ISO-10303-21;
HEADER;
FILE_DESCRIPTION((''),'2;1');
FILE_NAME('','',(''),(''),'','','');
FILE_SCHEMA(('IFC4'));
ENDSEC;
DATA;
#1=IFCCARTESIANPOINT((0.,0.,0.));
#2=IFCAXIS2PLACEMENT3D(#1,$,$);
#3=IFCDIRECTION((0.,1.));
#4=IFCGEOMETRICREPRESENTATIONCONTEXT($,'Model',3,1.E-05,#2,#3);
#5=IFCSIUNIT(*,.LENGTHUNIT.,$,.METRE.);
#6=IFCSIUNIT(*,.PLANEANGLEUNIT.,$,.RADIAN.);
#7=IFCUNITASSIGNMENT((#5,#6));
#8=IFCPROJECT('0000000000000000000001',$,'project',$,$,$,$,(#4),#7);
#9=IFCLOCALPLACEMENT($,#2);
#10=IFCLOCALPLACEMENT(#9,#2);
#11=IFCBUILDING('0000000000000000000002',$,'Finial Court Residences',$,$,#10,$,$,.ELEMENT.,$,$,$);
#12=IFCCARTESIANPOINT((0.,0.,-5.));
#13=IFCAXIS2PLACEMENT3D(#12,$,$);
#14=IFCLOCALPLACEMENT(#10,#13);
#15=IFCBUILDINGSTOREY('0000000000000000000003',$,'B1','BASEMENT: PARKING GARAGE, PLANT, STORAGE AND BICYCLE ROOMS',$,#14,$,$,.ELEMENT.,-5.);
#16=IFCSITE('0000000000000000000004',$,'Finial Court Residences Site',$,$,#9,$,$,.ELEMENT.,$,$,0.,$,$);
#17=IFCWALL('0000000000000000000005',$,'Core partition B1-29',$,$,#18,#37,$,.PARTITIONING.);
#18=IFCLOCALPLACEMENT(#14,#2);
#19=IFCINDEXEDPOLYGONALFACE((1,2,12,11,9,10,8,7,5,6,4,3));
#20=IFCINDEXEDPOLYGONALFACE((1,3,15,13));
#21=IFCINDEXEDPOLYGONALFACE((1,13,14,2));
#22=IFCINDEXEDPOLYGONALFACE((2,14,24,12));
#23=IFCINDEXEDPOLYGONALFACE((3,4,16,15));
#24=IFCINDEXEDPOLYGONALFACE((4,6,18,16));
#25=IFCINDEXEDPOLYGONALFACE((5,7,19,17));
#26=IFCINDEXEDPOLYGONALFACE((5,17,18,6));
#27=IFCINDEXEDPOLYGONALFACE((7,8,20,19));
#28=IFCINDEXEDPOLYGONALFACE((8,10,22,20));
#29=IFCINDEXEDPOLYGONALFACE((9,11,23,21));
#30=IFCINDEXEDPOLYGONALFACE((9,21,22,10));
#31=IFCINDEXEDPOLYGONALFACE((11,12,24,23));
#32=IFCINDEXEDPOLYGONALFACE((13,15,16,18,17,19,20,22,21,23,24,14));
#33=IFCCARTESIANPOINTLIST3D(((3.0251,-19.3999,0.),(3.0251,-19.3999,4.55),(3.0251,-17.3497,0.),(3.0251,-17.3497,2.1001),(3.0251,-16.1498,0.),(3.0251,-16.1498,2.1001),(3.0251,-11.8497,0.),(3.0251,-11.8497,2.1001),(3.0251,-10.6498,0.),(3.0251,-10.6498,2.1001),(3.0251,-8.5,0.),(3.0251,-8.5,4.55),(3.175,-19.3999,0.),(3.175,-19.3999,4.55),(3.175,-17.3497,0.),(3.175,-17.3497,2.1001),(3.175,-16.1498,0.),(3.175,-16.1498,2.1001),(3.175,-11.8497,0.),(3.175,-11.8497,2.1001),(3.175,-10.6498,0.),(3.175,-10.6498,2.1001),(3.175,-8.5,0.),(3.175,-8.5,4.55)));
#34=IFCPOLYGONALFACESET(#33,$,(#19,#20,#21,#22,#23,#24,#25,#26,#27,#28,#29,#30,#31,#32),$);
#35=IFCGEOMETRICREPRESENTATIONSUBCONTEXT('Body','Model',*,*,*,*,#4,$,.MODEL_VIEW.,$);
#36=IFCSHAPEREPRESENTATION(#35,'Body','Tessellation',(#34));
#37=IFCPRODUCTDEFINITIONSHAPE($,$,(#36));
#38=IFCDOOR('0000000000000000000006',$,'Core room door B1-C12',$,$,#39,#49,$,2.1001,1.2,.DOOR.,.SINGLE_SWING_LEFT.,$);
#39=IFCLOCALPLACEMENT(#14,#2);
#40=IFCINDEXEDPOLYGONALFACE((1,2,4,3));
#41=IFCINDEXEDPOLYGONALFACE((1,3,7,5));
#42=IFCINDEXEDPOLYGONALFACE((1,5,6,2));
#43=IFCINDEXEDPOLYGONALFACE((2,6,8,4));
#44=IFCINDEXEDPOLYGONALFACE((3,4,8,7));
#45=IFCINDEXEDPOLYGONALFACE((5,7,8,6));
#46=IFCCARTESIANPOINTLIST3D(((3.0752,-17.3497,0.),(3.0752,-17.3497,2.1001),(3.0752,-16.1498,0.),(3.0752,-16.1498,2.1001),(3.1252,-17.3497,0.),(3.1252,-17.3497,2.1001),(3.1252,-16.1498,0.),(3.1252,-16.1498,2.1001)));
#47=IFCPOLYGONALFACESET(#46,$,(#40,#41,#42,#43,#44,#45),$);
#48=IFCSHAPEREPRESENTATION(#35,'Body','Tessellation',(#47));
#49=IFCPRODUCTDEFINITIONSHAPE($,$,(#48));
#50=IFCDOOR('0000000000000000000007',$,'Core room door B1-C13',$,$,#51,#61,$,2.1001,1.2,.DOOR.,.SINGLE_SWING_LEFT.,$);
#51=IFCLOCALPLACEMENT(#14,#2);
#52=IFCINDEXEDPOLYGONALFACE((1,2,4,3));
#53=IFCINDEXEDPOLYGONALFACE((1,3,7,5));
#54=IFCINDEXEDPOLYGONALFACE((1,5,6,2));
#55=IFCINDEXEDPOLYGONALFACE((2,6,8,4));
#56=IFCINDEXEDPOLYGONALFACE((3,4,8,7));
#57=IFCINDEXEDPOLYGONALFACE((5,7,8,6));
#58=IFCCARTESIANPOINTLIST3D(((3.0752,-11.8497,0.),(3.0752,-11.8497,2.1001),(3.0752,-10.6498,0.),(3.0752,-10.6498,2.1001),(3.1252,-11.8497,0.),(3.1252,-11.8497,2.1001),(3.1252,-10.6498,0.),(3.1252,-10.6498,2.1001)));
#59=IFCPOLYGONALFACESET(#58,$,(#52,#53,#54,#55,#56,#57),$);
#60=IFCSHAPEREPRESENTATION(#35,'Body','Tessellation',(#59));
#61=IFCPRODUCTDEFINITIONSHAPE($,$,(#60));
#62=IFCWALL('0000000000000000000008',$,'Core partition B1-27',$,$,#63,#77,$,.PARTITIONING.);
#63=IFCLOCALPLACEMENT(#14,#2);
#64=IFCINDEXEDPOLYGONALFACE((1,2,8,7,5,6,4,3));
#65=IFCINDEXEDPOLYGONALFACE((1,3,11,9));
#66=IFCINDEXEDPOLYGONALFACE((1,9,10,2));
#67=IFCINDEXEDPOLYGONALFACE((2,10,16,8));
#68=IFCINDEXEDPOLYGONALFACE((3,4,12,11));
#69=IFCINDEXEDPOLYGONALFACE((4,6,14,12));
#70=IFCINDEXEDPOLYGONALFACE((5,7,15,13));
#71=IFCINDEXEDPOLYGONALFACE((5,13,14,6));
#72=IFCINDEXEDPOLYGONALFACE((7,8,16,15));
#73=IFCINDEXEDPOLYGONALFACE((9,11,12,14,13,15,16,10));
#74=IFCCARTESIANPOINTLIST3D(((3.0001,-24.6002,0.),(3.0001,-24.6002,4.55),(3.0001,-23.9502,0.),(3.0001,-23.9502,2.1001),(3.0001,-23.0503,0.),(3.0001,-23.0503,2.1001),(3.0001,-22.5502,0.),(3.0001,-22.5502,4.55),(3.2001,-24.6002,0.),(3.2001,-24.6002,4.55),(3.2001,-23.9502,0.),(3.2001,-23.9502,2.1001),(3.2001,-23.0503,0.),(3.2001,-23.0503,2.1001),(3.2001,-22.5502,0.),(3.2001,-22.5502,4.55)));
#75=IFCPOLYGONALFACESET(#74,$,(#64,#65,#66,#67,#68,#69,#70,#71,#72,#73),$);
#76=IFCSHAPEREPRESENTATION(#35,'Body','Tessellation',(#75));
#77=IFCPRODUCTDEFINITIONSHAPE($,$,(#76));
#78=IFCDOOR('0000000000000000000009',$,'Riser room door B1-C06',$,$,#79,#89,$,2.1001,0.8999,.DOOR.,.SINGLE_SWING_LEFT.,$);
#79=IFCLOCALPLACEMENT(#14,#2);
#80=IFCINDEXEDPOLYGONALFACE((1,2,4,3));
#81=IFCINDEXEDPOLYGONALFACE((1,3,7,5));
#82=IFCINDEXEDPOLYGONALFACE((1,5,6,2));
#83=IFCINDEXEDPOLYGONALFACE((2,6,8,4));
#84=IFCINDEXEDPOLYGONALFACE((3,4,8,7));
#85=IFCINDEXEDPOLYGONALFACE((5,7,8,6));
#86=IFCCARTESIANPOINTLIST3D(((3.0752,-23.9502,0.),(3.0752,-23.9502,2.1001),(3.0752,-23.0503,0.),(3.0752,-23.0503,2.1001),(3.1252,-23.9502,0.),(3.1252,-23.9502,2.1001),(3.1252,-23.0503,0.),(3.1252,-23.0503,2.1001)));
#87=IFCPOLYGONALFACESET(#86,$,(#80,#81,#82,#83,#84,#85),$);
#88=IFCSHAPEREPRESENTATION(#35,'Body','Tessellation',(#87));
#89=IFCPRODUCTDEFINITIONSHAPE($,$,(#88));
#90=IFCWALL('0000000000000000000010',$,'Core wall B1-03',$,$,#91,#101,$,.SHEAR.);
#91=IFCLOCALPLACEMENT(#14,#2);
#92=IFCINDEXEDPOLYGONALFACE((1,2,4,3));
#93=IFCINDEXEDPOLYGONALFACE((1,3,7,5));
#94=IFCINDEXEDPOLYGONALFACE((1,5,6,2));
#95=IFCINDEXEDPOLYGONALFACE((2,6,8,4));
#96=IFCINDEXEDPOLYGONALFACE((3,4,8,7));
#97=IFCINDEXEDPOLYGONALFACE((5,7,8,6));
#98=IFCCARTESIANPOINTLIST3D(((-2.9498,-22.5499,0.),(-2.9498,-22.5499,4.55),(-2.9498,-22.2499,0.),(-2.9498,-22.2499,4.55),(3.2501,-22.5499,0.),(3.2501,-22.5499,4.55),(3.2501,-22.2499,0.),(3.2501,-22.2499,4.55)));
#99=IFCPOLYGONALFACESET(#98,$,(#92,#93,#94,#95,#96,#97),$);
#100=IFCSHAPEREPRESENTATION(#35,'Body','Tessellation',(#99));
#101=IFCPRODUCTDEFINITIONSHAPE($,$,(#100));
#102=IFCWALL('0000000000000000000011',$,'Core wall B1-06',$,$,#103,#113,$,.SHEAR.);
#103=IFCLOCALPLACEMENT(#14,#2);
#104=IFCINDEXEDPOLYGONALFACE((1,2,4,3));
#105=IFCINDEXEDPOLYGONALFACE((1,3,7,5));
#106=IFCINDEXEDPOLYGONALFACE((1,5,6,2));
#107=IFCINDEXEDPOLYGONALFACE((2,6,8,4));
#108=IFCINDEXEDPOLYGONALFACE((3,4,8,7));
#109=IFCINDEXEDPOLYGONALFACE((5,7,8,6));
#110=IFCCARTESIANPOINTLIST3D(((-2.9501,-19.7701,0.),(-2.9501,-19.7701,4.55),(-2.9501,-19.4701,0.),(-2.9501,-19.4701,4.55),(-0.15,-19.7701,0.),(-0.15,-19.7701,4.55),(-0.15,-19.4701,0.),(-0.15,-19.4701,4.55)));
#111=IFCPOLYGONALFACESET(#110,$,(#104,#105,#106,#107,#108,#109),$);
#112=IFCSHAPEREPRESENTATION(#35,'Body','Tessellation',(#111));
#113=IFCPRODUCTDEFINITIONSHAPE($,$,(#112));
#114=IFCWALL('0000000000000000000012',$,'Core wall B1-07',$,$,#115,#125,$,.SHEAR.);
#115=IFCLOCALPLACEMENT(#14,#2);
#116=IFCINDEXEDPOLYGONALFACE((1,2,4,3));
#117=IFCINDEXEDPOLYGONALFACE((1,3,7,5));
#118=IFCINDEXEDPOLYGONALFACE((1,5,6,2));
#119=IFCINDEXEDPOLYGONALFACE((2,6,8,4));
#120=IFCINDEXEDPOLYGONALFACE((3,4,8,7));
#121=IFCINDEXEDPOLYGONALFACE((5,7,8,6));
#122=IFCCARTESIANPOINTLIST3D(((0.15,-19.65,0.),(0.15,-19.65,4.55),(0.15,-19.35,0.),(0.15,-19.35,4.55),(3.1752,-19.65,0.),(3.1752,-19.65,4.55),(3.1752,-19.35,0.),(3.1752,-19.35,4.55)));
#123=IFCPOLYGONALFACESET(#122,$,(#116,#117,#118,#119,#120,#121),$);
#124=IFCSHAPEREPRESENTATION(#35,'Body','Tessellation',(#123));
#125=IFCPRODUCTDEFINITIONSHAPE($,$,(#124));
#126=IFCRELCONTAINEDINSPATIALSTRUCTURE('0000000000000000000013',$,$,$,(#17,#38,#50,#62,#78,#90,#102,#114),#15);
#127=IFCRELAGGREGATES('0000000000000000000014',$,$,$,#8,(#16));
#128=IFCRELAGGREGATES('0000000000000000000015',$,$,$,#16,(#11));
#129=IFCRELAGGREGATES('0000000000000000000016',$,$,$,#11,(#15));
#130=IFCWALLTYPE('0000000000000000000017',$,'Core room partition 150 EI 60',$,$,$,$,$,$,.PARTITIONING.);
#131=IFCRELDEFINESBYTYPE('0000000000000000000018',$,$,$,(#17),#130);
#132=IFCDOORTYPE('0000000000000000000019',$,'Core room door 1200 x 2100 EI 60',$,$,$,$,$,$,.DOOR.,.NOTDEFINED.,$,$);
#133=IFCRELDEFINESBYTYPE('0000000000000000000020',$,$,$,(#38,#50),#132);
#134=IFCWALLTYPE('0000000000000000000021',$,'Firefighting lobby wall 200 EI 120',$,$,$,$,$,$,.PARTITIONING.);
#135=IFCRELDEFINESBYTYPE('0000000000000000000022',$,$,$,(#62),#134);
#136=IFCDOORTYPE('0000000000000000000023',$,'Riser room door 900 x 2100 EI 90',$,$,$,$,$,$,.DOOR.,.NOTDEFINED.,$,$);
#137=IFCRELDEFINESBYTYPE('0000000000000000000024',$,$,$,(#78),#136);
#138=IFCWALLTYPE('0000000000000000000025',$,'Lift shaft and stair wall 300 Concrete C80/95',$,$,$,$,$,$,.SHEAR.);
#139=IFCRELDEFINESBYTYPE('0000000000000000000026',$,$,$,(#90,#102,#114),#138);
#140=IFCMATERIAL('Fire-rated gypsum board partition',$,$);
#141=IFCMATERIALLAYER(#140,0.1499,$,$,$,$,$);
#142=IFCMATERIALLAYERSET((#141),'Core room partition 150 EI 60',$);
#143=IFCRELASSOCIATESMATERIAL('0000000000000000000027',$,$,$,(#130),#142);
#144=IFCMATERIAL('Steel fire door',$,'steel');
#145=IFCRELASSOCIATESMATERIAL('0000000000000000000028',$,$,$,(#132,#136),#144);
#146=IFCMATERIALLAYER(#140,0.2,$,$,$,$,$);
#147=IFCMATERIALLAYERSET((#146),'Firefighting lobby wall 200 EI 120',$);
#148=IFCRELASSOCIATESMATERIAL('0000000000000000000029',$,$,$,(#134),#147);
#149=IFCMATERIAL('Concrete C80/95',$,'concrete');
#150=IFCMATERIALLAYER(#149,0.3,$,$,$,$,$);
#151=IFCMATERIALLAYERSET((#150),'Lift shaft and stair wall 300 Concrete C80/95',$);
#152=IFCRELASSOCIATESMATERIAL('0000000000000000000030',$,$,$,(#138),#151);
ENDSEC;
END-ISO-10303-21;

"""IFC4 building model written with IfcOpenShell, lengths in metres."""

from ifc_helpers import new_model, si_unit, direction, frame, frame_2d, origin, place, context, subcontext, project, spatial, rectangle, extrude, material, layer, layer_set, type_object, element, fill, save


model = new_model("IFC4")

# Units and contexts
model_context = context("Model", 3, precision=1e-05, world=origin(), true_north=direction((0.0, 1.0)))
body_context = subcontext(model_context, "Body", "Model", "MODEL_VIEW")
ifc_project = project(units=[si_unit("LENGTHUNIT", "METRE"), si_unit("PLANEANGLEUNIT", "RADIAN")], contexts=[model_context])

# Site, building, storey
site_placement = place(None, origin())
site = spatial("IfcSite", under=ifc_project, at=site_placement, Name="Finial Court Residences Site", CompositionType="ELEMENT", RefElevation=0.0)
building_placement = place(site_placement, origin())
building = spatial("IfcBuilding", under=site, at=building_placement, Name="Finial Court Residences", CompositionType="ELEMENT")
storey_placement = place(building_placement, frame((0.0, 0.0, -5.0)))
storey = spatial("IfcBuildingStorey", under=building, at=storey_placement, Name="B1", Description="BASEMENT: PARKING GARAGE, PLANT, STORAGE AND BICYCLE ROOMS", CompositionType="ELEMENT", Elevation=-5.0)

# Wall, openings, doors
ifc_material_1 = material(Name="Fire-rated gypsum board partition")
ifc_layer_1 = layer(ifc_material_1, 0.1499)
ifc_layer_set_1 = layer_set([ifc_layer_1], Name="Core room partition 150 EI 60")
wall_type_1 = type_object("IfcWallType", Name="Core room partition 150 EI 60", PredefinedType="PARTITIONING", material=ifc_layer_set_1)
wall_1_placement = place(storey_placement, frame((3.1001, -19.3999, 0.0), z_axis=(0.0, 0.0, 1.0), x_axis=(0.0, 1.0, 0.0)))
wall_1 = element("IfcWall", 1, at=wall_1_placement, inside=storey, type_object=wall_type_1, Name="Core partition B1-29", PredefinedType="PARTITIONING", context=body_context, shape_type="SweptSolid", body=[
    extrude(rectangle(XDim=10.8999, YDim=0.1499, at=frame_2d((5.45, 0.0))), origin(), (0.0, 0.0, 1.0), 4.55),
])
opening_1_placement = place(wall_1_placement, frame((2.05, 0.0, 0.0)))
opening_1 = element("IfcOpeningElement", 2, at=opening_1_placement, cuts=wall_1, PredefinedType="OPENING", context=body_context, shape_type="SweptSolid", body=[
    extrude(rectangle(XDim=1.2, YDim=2.1001, at=frame_2d((0.6001, 1.05))), frame((0.0, 0.085, 0.0), z_axis=(0.0, -1.0, 0.0), x_axis=(1.0, 0.0, 0.0)), (0.0, 0.0, 1.0), 0.1699),
])
opening_2_placement = place(wall_1_placement, frame((7.55, 0.0, 0.0)))
opening_2 = element("IfcOpeningElement", 3, at=opening_2_placement, cuts=wall_1, PredefinedType="OPENING", context=body_context, shape_type="SweptSolid", body=[
    extrude(rectangle(XDim=1.2, YDim=2.1001, at=frame_2d((0.6001, 1.05))), frame((0.0, 0.085, 0.0), z_axis=(0.0, -1.0, 0.0), x_axis=(1.0, 0.0, 0.0)), (0.0, 0.0, 1.0), 0.1699),
])
ifc_material_2 = material(Name="Steel fire door", Category="steel")
door_type_1 = type_object("IfcDoorType", Name="Core room door 1200 x 2100 EI 60", OperationType="NOTDEFINED", PredefinedType="DOOR", material=ifc_material_2)
door_1_placement = place(opening_1_placement, origin())
door_1 = element("IfcDoor", 4, at=door_1_placement, inside=storey, type_object=door_type_1, Name="Core room door B1-C12", OperationType="SINGLE_SWING_LEFT", OverallHeight=2.1001, OverallWidth=1.2, PredefinedType="DOOR", context=body_context, shape_type="SweptSolid", body=[
    extrude(rectangle(XDim=1.2, YDim=2.1001, at=frame_2d((0.6001, 1.05))), frame((0.0, 0.0249, 0.0), z_axis=(0.0, -1.0, 0.0), x_axis=(1.0, 0.0, 0.0)), (0.0, 0.0, 1.0), 0.05),
])
fill(opening_1, door_1)
door_2_placement = place(opening_2_placement, origin())
door_2 = element("IfcDoor", 5, at=door_2_placement, inside=storey, type_object=door_type_1, Name="Core room door B1-C13", OperationType="SINGLE_SWING_LEFT", OverallHeight=2.1001, OverallWidth=1.2, PredefinedType="DOOR", context=body_context, shape_type="SweptSolid", body=[
    extrude(rectangle(XDim=1.2, YDim=2.1001, at=frame_2d((0.6001, 1.05))), frame((0.0, 0.0249, 0.0), z_axis=(0.0, -1.0, 0.0), x_axis=(1.0, 0.0, 0.0)), (0.0, 0.0, 1.0), 0.05),
])
fill(opening_2, door_2)

# Wall, opening, door
ifc_layer_2 = layer(ifc_material_1, 0.2)
ifc_layer_set_2 = layer_set([ifc_layer_2], Name="Firefighting lobby wall 200 EI 120")
wall_type_2 = type_object("IfcWallType", Name="Firefighting lobby wall 200 EI 120", PredefinedType="PARTITIONING", material=ifc_layer_set_2)
wall_2_placement = place(storey_placement, frame((3.1001, -24.6001, 0.0), z_axis=(0.0, 0.0, 1.0), x_axis=(0.0, 1.0, 0.0)))
wall_2 = element("IfcWall", 6, at=wall_2_placement, inside=storey, type_object=wall_type_2, Name="Core partition B1-27", PredefinedType="PARTITIONING", context=body_context, shape_type="SweptSolid", body=[
    extrude(rectangle(XDim=2.05, YDim=0.2, at=frame_2d((1.0249, 0.0))), origin(), (0.0, 0.0, 1.0), 4.55),
])
opening_3_placement = place(wall_2_placement, frame((0.6499, 0.0, 0.0)))
opening_3 = element("IfcOpeningElement", 7, at=opening_3_placement, cuts=wall_2, PredefinedType="OPENING", context=body_context, shape_type="SweptSolid", body=[
    extrude(rectangle(XDim=0.8999, YDim=2.1001, at=frame_2d((0.45, 1.05))), frame((0.0, 0.1099, 0.0), z_axis=(0.0, -1.0, 0.0), x_axis=(1.0, 0.0, 0.0)), (0.0, 0.0, 1.0), 0.22),
])
door_type_2 = type_object("IfcDoorType", Name="Riser room door 900 x 2100 EI 90", OperationType="NOTDEFINED", PredefinedType="DOOR", material=ifc_material_2)
door_3_placement = place(opening_3_placement, origin())
door_3 = element("IfcDoor", 8, at=door_3_placement, inside=storey, type_object=door_type_2, Name="Riser room door B1-C06", OperationType="SINGLE_SWING_LEFT", OverallHeight=2.1001, OverallWidth=0.8999, PredefinedType="DOOR", context=body_context, shape_type="SweptSolid", body=[
    extrude(rectangle(XDim=0.8999, YDim=2.1001, at=frame_2d((0.45, 1.05))), frame((0.0, 0.0249, 0.0), z_axis=(0.0, -1.0, 0.0), x_axis=(1.0, 0.0, 0.0)), (0.0, 0.0, 1.0), 0.05),
])
fill(opening_3, door_3)

# Walls
ifc_material_3 = material(Name="Concrete C80/95", Category="concrete")
ifc_layer_3 = layer(ifc_material_3, 0.3)
ifc_layer_set_3 = layer_set([ifc_layer_3], Name="Lift shaft and stair wall 300 Concrete C80/95")
wall_type_3 = type_object("IfcWallType", Name="Lift shaft and stair wall 300 Concrete C80/95", PredefinedType="SHEAR", material=ifc_layer_set_3)
wall_3_placement = place(storey_placement, frame((-2.95, -22.3999, 0.0), z_axis=(0.0, 0.0, 1.0), x_axis=(1.0, 0.0, 0.0)))
element("IfcWall", 9, at=wall_3_placement, inside=storey, type_object=wall_type_3, Name="Core wall B1-03", PredefinedType="SHEAR", context=body_context, shape_type="SweptSolid", body=[
    extrude(rectangle(XDim=6.2, YDim=0.3, at=frame_2d((3.1001, 0.0))), origin(), (0.0, 0.0, 1.0), 4.55),
])
wall_4_placement = place(storey_placement, frame((-2.95, -19.6201, 0.0), z_axis=(0.0, 0.0, 1.0), x_axis=(1.0, 0.0, 0.0)))
element("IfcWall", 10, at=wall_4_placement, inside=storey, type_object=wall_type_3, Name="Core wall B1-06", PredefinedType="SHEAR", context=body_context, shape_type="SweptSolid", body=[
    extrude(rectangle(XDim=2.8, YDim=0.3, at=frame_2d((1.3999, 0.0))), origin(), (0.0, 0.0, 1.0), 4.55),
])
wall_5_placement = place(storey_placement, frame((0.1499, -19.5, 0.0), z_axis=(0.0, 0.0, 1.0), x_axis=(1.0, 0.0, 0.0)))
element("IfcWall", 11, at=wall_5_placement, inside=storey, type_object=wall_type_3, Name="Core wall B1-07", PredefinedType="SHEAR", context=body_context, shape_type="SweptSolid", body=[
    extrude(rectangle(XDim=3.0251, YDim=0.3, at=frame_2d((1.5127, 0.0))), origin(), (0.0, 0.0, 1.0), 4.55),
])

save(model, "model.ifc")
